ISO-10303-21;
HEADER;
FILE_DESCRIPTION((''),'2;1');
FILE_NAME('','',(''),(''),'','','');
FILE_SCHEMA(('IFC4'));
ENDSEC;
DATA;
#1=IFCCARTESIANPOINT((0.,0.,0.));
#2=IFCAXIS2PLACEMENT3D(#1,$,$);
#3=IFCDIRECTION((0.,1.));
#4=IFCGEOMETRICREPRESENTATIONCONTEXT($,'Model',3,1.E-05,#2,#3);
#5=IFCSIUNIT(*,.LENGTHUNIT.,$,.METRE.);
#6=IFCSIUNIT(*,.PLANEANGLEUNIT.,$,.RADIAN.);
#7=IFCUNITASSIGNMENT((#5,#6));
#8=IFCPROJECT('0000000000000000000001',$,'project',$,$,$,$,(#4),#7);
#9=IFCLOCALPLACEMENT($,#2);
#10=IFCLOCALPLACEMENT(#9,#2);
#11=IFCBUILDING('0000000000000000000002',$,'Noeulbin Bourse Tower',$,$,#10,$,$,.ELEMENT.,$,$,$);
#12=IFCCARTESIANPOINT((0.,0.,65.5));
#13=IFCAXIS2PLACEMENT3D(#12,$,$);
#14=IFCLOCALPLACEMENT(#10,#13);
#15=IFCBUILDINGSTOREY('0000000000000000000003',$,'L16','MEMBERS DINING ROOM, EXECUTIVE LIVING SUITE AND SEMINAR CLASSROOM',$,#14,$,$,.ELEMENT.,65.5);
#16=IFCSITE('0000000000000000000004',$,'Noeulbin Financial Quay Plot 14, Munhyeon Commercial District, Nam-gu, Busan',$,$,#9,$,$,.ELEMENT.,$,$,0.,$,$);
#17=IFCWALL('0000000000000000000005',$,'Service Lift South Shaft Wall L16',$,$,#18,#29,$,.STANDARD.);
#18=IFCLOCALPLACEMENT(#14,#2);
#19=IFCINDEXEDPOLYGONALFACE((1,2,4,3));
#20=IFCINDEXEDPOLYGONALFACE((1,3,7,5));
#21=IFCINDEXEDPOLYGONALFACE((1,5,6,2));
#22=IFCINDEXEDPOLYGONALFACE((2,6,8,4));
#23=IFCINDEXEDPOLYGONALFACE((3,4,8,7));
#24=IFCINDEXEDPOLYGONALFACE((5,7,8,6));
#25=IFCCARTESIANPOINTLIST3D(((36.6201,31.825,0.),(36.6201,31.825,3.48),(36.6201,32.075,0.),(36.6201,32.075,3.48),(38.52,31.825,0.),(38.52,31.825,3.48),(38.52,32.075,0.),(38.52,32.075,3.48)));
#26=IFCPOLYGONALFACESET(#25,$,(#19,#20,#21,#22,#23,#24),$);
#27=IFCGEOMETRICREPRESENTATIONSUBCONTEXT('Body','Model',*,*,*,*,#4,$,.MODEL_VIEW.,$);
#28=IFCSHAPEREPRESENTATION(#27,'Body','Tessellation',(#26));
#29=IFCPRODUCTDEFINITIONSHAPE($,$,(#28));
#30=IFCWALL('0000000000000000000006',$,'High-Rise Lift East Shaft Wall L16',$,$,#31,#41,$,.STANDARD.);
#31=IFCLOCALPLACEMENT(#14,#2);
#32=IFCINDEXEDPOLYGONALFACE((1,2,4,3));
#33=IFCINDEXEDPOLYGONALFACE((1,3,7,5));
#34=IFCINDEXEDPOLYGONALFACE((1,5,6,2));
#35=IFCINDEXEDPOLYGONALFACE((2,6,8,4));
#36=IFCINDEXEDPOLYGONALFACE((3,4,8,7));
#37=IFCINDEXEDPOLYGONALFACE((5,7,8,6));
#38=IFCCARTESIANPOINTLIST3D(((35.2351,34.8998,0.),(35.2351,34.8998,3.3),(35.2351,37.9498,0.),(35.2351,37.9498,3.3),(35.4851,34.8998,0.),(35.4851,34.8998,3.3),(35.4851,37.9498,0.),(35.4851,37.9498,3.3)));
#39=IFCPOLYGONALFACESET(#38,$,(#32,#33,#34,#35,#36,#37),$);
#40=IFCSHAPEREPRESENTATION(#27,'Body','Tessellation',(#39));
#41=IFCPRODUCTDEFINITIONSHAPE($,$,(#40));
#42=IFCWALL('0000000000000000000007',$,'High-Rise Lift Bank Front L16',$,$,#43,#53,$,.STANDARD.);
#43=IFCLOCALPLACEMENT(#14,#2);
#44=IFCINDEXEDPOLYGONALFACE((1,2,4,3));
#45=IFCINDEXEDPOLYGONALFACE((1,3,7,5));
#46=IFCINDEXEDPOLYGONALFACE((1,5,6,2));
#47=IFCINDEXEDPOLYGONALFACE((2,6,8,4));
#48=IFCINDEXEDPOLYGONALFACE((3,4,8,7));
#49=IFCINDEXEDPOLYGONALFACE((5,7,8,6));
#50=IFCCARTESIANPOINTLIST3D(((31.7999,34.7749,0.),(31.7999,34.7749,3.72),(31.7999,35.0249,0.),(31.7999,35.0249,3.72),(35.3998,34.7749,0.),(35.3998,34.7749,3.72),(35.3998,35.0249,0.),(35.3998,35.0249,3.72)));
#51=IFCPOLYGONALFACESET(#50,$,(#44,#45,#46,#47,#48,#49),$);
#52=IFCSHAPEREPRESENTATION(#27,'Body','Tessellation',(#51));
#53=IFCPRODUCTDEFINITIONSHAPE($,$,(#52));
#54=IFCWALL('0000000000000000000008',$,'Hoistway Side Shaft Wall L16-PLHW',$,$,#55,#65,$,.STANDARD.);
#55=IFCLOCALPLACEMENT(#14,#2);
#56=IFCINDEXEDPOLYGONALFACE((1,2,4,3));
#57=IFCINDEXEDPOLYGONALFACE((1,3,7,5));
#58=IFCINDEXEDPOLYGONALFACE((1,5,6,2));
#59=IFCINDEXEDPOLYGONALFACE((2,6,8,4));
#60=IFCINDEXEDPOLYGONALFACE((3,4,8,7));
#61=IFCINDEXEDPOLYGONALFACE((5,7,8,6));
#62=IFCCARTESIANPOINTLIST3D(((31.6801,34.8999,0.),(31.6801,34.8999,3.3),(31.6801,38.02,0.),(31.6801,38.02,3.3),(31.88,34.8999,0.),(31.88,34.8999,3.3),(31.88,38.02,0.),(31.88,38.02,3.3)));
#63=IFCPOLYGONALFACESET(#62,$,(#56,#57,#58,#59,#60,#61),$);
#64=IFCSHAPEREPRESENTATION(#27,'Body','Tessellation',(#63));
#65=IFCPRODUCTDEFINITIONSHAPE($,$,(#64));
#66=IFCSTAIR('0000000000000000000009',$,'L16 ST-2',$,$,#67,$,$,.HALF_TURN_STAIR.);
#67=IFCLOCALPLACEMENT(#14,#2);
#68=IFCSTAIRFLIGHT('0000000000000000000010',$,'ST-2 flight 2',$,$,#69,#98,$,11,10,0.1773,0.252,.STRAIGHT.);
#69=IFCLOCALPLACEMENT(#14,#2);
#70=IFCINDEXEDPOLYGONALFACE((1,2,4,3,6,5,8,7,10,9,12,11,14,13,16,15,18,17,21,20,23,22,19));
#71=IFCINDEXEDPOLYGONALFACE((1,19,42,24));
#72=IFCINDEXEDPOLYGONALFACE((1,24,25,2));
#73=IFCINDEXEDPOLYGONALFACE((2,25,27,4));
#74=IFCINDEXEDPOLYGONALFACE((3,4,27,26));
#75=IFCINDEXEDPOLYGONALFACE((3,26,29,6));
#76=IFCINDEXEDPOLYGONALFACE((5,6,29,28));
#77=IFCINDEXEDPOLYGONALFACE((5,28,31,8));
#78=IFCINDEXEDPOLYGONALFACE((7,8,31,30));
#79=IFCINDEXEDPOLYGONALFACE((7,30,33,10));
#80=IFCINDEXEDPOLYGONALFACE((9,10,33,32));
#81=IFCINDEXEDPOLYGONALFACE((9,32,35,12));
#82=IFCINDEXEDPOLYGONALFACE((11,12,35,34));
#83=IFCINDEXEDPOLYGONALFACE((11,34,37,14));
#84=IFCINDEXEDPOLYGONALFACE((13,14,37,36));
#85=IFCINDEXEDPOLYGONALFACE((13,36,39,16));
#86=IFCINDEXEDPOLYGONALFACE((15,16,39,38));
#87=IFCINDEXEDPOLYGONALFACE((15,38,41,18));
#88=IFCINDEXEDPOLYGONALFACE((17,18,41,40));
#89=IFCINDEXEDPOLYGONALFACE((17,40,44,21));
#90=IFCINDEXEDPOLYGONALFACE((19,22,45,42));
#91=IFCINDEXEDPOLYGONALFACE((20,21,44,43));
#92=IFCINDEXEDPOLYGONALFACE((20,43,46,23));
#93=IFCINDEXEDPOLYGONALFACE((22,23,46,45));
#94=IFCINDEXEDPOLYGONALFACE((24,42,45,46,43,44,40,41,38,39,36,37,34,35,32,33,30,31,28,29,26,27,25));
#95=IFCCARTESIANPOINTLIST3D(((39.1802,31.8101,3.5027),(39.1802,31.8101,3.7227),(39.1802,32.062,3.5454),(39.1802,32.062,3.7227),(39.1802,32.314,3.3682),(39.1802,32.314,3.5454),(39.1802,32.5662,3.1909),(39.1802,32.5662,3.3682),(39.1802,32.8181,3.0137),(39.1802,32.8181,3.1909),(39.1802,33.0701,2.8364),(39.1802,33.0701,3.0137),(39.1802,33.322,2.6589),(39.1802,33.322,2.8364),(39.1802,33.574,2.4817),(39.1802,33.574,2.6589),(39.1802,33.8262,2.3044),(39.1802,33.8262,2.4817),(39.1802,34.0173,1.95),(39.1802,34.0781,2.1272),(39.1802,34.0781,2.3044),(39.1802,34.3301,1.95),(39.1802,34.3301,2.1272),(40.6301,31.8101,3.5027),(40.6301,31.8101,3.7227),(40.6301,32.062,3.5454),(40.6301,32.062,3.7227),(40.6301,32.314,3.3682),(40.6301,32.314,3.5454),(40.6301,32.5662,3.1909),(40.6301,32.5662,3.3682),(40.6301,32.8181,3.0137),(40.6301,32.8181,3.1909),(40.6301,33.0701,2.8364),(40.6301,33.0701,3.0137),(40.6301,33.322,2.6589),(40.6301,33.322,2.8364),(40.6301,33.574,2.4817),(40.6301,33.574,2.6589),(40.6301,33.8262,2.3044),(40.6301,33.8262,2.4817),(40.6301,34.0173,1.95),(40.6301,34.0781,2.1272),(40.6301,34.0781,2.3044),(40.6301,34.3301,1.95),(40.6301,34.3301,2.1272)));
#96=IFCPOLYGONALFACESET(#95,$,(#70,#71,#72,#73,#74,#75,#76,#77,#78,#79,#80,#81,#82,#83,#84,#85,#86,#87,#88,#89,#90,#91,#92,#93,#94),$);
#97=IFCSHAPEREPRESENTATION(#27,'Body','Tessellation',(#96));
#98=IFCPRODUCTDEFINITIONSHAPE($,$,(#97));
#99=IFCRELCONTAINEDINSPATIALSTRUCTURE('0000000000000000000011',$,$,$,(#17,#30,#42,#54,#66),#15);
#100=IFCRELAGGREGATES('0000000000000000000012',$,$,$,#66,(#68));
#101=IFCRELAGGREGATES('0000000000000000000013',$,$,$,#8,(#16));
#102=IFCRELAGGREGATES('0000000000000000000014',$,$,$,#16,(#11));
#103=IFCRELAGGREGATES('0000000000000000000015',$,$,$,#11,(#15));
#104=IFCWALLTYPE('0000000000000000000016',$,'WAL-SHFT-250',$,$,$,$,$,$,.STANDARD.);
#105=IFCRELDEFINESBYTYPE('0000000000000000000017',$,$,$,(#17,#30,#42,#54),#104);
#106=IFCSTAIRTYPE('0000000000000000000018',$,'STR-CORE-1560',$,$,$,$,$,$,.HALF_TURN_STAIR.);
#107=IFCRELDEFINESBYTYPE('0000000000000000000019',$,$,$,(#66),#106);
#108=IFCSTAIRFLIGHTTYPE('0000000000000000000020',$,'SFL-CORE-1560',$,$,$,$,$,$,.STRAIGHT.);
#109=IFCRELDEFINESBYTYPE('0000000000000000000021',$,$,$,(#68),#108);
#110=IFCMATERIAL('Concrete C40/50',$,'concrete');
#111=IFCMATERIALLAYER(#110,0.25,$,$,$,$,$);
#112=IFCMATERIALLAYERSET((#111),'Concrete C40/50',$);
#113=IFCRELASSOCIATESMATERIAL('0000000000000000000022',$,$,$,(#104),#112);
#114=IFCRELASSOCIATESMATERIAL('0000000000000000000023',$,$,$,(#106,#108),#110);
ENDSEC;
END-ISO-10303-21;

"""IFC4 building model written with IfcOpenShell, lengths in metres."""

from ifc_helpers import new_model, si_unit, direction, frame, frame_2d, origin, place, context, subcontext, project, spatial, polyline, rectangle, outline, extrude, material, layer, layer_set, type_object, element, aggregate, save


model = new_model("IFC4")

# Units and contexts
model_context = context("Model", 3, precision=1e-05, world=origin(), true_north=direction((0.0, 1.0)))
body_context = subcontext(model_context, "Body", "Model", "MODEL_VIEW")
ifc_project = project(units=[si_unit("LENGTHUNIT", "METRE"), si_unit("PLANEANGLEUNIT", "RADIAN")], contexts=[model_context])

# Site, building, storey
site_placement = place(None, origin())
site = spatial("IfcSite", under=ifc_project, at=site_placement, Name="Noeulbin Financial Quay Plot 14, Munhyeon Commercial District, Nam-gu, Busan", CompositionType="ELEMENT", RefElevation=0.0)
building_placement = place(site_placement, origin())
building = spatial("IfcBuilding", under=site, at=building_placement, Name="Noeulbin Bourse Tower", CompositionType="ELEMENT")
storey_placement = place(building_placement, frame((0.0, 0.0, 65.5)))
storey = spatial("IfcBuildingStorey", under=building, at=storey_placement, Name="L16", Description="MEMBERS DINING ROOM, EXECUTIVE LIVING SUITE AND SEMINAR CLASSROOM", CompositionType="ELEMENT", Elevation=65.5)

# Shared definitions
ifc_material_1 = material(Name="Concrete C40/50", Category="concrete")

# Shared definitions
ifc_layer_1 = layer(ifc_material_1, 0.25)
ifc_layer_set_1 = layer_set([ifc_layer_1], Name="Concrete C40/50")
wall_type_1 = type_object("IfcWallType", Name="WAL-SHFT-250", PredefinedType="STANDARD", material=ifc_layer_set_1)

# Walls
wall_1_placement = place(storey_placement, frame((36.6201, 31.95, 0.0), z_axis=(0.0, 0.0, 1.0), x_axis=(1.0, 0.0, 0.0)))
element("IfcWall", 1, at=wall_1_placement, inside=storey, type_object=wall_type_1, Name="Service Lift South Shaft Wall L16", PredefinedType="STANDARD", context=body_context, shape_type="SweptSolid", body=[
    extrude(rectangle(XDim=1.8999, YDim=0.25, at=frame_2d((0.95, 0.0))), origin(), (0.0, 0.0, 1.0), 3.48),
])
wall_2_placement = place(storey_placement, frame((35.3601, 34.8999, 0.0), z_axis=(0.0, 0.0, 1.0), x_axis=(0.0, 1.0, 0.0)))
element("IfcWall", 2, at=wall_2_placement, inside=storey, type_object=wall_type_1, Name="High-Rise Lift East Shaft Wall L16", PredefinedType="STANDARD", context=body_context, shape_type="SweptSolid", body=[
    extrude(rectangle(XDim=3.05, YDim=0.25, at=frame_2d((1.5249, 0.0))), origin(), (0.0, 0.0, 1.0), 3.3),
])
wall_3_placement = place(storey_placement, frame((31.8, 34.8999, 0.0), z_axis=(0.0, 0.0, 1.0), x_axis=(1.0, 0.0, 0.0)))
element("IfcWall", 3, at=wall_3_placement, inside=storey, type_object=wall_type_1, Name="High-Rise Lift Bank Front L16", PredefinedType="STANDARD", context=body_context, shape_type="SweptSolid", body=[
    extrude(rectangle(XDim=3.5999, YDim=0.25, at=frame_2d((1.7998, 0.0))), origin(), (0.0, 0.0, 1.0), 3.72),
])
wall_4_placement = place(storey_placement, frame((31.78, 34.8999, 0.0), z_axis=(0.0, 0.0, 1.0), x_axis=(0.0, 1.0, 0.0)))
element("IfcWall", 4, at=wall_4_placement, inside=storey, type_object=wall_type_1, Name="Hoistway Side Shaft Wall L16-PLHW", PredefinedType="STANDARD", context=body_context, shape_type="SweptSolid", body=[
    extrude(rectangle(XDim=3.1201, YDim=0.2, at=frame_2d((1.5601, 0.0))), origin(), (0.0, 0.0, 1.0), 3.3),
])

# Stair, stair flight
stair_type = type_object("IfcStairType", Name="STR-CORE-1560", PredefinedType="HALF_TURN_STAIR", material=ifc_material_1)
stair_placement = place(storey_placement, origin())
stair = element("IfcStair", 5, at=stair_placement, inside=storey, type_object=stair_type, Name="L16 ST-2", PredefinedType="HALF_TURN_STAIR")
stair_flight_type = type_object("IfcStairFlightType", Name="SFL-CORE-1560", PredefinedType="STRAIGHT", material=ifc_material_1)
stair_flight_placement = place(storey_placement, frame((39.905, 34.3301, 1.95), z_axis=(0.0, 0.0, 1.0), x_axis=(0.0, -1.0, 0.0)))
stair_flight = element("IfcStairFlight", 6, at=stair_flight_placement, type_object=stair_flight_type, Name="ST-2 flight 2", NumberOfRisers=11, NumberOfTreads=10, PredefinedType="STRAIGHT", RiserHeight=0.1773, TreadLength=0.252, context=body_context, shape_type="SweptSolid", body=[
    extrude(outline(polyline([(0.0, 0.0), (0.0, 0.1772), (0.252, 0.1772), (0.252, 0.3545), (0.5039, 0.3545), (0.5039, 0.5317), (0.7561, 0.5317), (0.7561, 0.709), (1.0081, 0.709), (1.0081, 0.8865), (1.26, 0.8865), (1.26, 1.0637), (1.512, 1.0637), (1.512, 1.241), (1.7639, 1.241), (1.7639, 1.4182), (2.0161, 1.4182), (2.0161, 1.5955), (2.2681, 1.5955), (2.2681, 1.7727), (2.52, 1.7727), (2.52, 1.95), (2.52, 1.5527), (0.3127, 0.0), (0.0, 0.0)])), frame((0.0, 0.7251, 0.0), z_axis=(0.0, -1.0, 0.0), x_axis=(1.0, 0.0, 0.0)), (0.0, 0.0, 1.0), 1.45),
])
aggregate(stair, [stair_flight])

save(model, "model.ifc")
